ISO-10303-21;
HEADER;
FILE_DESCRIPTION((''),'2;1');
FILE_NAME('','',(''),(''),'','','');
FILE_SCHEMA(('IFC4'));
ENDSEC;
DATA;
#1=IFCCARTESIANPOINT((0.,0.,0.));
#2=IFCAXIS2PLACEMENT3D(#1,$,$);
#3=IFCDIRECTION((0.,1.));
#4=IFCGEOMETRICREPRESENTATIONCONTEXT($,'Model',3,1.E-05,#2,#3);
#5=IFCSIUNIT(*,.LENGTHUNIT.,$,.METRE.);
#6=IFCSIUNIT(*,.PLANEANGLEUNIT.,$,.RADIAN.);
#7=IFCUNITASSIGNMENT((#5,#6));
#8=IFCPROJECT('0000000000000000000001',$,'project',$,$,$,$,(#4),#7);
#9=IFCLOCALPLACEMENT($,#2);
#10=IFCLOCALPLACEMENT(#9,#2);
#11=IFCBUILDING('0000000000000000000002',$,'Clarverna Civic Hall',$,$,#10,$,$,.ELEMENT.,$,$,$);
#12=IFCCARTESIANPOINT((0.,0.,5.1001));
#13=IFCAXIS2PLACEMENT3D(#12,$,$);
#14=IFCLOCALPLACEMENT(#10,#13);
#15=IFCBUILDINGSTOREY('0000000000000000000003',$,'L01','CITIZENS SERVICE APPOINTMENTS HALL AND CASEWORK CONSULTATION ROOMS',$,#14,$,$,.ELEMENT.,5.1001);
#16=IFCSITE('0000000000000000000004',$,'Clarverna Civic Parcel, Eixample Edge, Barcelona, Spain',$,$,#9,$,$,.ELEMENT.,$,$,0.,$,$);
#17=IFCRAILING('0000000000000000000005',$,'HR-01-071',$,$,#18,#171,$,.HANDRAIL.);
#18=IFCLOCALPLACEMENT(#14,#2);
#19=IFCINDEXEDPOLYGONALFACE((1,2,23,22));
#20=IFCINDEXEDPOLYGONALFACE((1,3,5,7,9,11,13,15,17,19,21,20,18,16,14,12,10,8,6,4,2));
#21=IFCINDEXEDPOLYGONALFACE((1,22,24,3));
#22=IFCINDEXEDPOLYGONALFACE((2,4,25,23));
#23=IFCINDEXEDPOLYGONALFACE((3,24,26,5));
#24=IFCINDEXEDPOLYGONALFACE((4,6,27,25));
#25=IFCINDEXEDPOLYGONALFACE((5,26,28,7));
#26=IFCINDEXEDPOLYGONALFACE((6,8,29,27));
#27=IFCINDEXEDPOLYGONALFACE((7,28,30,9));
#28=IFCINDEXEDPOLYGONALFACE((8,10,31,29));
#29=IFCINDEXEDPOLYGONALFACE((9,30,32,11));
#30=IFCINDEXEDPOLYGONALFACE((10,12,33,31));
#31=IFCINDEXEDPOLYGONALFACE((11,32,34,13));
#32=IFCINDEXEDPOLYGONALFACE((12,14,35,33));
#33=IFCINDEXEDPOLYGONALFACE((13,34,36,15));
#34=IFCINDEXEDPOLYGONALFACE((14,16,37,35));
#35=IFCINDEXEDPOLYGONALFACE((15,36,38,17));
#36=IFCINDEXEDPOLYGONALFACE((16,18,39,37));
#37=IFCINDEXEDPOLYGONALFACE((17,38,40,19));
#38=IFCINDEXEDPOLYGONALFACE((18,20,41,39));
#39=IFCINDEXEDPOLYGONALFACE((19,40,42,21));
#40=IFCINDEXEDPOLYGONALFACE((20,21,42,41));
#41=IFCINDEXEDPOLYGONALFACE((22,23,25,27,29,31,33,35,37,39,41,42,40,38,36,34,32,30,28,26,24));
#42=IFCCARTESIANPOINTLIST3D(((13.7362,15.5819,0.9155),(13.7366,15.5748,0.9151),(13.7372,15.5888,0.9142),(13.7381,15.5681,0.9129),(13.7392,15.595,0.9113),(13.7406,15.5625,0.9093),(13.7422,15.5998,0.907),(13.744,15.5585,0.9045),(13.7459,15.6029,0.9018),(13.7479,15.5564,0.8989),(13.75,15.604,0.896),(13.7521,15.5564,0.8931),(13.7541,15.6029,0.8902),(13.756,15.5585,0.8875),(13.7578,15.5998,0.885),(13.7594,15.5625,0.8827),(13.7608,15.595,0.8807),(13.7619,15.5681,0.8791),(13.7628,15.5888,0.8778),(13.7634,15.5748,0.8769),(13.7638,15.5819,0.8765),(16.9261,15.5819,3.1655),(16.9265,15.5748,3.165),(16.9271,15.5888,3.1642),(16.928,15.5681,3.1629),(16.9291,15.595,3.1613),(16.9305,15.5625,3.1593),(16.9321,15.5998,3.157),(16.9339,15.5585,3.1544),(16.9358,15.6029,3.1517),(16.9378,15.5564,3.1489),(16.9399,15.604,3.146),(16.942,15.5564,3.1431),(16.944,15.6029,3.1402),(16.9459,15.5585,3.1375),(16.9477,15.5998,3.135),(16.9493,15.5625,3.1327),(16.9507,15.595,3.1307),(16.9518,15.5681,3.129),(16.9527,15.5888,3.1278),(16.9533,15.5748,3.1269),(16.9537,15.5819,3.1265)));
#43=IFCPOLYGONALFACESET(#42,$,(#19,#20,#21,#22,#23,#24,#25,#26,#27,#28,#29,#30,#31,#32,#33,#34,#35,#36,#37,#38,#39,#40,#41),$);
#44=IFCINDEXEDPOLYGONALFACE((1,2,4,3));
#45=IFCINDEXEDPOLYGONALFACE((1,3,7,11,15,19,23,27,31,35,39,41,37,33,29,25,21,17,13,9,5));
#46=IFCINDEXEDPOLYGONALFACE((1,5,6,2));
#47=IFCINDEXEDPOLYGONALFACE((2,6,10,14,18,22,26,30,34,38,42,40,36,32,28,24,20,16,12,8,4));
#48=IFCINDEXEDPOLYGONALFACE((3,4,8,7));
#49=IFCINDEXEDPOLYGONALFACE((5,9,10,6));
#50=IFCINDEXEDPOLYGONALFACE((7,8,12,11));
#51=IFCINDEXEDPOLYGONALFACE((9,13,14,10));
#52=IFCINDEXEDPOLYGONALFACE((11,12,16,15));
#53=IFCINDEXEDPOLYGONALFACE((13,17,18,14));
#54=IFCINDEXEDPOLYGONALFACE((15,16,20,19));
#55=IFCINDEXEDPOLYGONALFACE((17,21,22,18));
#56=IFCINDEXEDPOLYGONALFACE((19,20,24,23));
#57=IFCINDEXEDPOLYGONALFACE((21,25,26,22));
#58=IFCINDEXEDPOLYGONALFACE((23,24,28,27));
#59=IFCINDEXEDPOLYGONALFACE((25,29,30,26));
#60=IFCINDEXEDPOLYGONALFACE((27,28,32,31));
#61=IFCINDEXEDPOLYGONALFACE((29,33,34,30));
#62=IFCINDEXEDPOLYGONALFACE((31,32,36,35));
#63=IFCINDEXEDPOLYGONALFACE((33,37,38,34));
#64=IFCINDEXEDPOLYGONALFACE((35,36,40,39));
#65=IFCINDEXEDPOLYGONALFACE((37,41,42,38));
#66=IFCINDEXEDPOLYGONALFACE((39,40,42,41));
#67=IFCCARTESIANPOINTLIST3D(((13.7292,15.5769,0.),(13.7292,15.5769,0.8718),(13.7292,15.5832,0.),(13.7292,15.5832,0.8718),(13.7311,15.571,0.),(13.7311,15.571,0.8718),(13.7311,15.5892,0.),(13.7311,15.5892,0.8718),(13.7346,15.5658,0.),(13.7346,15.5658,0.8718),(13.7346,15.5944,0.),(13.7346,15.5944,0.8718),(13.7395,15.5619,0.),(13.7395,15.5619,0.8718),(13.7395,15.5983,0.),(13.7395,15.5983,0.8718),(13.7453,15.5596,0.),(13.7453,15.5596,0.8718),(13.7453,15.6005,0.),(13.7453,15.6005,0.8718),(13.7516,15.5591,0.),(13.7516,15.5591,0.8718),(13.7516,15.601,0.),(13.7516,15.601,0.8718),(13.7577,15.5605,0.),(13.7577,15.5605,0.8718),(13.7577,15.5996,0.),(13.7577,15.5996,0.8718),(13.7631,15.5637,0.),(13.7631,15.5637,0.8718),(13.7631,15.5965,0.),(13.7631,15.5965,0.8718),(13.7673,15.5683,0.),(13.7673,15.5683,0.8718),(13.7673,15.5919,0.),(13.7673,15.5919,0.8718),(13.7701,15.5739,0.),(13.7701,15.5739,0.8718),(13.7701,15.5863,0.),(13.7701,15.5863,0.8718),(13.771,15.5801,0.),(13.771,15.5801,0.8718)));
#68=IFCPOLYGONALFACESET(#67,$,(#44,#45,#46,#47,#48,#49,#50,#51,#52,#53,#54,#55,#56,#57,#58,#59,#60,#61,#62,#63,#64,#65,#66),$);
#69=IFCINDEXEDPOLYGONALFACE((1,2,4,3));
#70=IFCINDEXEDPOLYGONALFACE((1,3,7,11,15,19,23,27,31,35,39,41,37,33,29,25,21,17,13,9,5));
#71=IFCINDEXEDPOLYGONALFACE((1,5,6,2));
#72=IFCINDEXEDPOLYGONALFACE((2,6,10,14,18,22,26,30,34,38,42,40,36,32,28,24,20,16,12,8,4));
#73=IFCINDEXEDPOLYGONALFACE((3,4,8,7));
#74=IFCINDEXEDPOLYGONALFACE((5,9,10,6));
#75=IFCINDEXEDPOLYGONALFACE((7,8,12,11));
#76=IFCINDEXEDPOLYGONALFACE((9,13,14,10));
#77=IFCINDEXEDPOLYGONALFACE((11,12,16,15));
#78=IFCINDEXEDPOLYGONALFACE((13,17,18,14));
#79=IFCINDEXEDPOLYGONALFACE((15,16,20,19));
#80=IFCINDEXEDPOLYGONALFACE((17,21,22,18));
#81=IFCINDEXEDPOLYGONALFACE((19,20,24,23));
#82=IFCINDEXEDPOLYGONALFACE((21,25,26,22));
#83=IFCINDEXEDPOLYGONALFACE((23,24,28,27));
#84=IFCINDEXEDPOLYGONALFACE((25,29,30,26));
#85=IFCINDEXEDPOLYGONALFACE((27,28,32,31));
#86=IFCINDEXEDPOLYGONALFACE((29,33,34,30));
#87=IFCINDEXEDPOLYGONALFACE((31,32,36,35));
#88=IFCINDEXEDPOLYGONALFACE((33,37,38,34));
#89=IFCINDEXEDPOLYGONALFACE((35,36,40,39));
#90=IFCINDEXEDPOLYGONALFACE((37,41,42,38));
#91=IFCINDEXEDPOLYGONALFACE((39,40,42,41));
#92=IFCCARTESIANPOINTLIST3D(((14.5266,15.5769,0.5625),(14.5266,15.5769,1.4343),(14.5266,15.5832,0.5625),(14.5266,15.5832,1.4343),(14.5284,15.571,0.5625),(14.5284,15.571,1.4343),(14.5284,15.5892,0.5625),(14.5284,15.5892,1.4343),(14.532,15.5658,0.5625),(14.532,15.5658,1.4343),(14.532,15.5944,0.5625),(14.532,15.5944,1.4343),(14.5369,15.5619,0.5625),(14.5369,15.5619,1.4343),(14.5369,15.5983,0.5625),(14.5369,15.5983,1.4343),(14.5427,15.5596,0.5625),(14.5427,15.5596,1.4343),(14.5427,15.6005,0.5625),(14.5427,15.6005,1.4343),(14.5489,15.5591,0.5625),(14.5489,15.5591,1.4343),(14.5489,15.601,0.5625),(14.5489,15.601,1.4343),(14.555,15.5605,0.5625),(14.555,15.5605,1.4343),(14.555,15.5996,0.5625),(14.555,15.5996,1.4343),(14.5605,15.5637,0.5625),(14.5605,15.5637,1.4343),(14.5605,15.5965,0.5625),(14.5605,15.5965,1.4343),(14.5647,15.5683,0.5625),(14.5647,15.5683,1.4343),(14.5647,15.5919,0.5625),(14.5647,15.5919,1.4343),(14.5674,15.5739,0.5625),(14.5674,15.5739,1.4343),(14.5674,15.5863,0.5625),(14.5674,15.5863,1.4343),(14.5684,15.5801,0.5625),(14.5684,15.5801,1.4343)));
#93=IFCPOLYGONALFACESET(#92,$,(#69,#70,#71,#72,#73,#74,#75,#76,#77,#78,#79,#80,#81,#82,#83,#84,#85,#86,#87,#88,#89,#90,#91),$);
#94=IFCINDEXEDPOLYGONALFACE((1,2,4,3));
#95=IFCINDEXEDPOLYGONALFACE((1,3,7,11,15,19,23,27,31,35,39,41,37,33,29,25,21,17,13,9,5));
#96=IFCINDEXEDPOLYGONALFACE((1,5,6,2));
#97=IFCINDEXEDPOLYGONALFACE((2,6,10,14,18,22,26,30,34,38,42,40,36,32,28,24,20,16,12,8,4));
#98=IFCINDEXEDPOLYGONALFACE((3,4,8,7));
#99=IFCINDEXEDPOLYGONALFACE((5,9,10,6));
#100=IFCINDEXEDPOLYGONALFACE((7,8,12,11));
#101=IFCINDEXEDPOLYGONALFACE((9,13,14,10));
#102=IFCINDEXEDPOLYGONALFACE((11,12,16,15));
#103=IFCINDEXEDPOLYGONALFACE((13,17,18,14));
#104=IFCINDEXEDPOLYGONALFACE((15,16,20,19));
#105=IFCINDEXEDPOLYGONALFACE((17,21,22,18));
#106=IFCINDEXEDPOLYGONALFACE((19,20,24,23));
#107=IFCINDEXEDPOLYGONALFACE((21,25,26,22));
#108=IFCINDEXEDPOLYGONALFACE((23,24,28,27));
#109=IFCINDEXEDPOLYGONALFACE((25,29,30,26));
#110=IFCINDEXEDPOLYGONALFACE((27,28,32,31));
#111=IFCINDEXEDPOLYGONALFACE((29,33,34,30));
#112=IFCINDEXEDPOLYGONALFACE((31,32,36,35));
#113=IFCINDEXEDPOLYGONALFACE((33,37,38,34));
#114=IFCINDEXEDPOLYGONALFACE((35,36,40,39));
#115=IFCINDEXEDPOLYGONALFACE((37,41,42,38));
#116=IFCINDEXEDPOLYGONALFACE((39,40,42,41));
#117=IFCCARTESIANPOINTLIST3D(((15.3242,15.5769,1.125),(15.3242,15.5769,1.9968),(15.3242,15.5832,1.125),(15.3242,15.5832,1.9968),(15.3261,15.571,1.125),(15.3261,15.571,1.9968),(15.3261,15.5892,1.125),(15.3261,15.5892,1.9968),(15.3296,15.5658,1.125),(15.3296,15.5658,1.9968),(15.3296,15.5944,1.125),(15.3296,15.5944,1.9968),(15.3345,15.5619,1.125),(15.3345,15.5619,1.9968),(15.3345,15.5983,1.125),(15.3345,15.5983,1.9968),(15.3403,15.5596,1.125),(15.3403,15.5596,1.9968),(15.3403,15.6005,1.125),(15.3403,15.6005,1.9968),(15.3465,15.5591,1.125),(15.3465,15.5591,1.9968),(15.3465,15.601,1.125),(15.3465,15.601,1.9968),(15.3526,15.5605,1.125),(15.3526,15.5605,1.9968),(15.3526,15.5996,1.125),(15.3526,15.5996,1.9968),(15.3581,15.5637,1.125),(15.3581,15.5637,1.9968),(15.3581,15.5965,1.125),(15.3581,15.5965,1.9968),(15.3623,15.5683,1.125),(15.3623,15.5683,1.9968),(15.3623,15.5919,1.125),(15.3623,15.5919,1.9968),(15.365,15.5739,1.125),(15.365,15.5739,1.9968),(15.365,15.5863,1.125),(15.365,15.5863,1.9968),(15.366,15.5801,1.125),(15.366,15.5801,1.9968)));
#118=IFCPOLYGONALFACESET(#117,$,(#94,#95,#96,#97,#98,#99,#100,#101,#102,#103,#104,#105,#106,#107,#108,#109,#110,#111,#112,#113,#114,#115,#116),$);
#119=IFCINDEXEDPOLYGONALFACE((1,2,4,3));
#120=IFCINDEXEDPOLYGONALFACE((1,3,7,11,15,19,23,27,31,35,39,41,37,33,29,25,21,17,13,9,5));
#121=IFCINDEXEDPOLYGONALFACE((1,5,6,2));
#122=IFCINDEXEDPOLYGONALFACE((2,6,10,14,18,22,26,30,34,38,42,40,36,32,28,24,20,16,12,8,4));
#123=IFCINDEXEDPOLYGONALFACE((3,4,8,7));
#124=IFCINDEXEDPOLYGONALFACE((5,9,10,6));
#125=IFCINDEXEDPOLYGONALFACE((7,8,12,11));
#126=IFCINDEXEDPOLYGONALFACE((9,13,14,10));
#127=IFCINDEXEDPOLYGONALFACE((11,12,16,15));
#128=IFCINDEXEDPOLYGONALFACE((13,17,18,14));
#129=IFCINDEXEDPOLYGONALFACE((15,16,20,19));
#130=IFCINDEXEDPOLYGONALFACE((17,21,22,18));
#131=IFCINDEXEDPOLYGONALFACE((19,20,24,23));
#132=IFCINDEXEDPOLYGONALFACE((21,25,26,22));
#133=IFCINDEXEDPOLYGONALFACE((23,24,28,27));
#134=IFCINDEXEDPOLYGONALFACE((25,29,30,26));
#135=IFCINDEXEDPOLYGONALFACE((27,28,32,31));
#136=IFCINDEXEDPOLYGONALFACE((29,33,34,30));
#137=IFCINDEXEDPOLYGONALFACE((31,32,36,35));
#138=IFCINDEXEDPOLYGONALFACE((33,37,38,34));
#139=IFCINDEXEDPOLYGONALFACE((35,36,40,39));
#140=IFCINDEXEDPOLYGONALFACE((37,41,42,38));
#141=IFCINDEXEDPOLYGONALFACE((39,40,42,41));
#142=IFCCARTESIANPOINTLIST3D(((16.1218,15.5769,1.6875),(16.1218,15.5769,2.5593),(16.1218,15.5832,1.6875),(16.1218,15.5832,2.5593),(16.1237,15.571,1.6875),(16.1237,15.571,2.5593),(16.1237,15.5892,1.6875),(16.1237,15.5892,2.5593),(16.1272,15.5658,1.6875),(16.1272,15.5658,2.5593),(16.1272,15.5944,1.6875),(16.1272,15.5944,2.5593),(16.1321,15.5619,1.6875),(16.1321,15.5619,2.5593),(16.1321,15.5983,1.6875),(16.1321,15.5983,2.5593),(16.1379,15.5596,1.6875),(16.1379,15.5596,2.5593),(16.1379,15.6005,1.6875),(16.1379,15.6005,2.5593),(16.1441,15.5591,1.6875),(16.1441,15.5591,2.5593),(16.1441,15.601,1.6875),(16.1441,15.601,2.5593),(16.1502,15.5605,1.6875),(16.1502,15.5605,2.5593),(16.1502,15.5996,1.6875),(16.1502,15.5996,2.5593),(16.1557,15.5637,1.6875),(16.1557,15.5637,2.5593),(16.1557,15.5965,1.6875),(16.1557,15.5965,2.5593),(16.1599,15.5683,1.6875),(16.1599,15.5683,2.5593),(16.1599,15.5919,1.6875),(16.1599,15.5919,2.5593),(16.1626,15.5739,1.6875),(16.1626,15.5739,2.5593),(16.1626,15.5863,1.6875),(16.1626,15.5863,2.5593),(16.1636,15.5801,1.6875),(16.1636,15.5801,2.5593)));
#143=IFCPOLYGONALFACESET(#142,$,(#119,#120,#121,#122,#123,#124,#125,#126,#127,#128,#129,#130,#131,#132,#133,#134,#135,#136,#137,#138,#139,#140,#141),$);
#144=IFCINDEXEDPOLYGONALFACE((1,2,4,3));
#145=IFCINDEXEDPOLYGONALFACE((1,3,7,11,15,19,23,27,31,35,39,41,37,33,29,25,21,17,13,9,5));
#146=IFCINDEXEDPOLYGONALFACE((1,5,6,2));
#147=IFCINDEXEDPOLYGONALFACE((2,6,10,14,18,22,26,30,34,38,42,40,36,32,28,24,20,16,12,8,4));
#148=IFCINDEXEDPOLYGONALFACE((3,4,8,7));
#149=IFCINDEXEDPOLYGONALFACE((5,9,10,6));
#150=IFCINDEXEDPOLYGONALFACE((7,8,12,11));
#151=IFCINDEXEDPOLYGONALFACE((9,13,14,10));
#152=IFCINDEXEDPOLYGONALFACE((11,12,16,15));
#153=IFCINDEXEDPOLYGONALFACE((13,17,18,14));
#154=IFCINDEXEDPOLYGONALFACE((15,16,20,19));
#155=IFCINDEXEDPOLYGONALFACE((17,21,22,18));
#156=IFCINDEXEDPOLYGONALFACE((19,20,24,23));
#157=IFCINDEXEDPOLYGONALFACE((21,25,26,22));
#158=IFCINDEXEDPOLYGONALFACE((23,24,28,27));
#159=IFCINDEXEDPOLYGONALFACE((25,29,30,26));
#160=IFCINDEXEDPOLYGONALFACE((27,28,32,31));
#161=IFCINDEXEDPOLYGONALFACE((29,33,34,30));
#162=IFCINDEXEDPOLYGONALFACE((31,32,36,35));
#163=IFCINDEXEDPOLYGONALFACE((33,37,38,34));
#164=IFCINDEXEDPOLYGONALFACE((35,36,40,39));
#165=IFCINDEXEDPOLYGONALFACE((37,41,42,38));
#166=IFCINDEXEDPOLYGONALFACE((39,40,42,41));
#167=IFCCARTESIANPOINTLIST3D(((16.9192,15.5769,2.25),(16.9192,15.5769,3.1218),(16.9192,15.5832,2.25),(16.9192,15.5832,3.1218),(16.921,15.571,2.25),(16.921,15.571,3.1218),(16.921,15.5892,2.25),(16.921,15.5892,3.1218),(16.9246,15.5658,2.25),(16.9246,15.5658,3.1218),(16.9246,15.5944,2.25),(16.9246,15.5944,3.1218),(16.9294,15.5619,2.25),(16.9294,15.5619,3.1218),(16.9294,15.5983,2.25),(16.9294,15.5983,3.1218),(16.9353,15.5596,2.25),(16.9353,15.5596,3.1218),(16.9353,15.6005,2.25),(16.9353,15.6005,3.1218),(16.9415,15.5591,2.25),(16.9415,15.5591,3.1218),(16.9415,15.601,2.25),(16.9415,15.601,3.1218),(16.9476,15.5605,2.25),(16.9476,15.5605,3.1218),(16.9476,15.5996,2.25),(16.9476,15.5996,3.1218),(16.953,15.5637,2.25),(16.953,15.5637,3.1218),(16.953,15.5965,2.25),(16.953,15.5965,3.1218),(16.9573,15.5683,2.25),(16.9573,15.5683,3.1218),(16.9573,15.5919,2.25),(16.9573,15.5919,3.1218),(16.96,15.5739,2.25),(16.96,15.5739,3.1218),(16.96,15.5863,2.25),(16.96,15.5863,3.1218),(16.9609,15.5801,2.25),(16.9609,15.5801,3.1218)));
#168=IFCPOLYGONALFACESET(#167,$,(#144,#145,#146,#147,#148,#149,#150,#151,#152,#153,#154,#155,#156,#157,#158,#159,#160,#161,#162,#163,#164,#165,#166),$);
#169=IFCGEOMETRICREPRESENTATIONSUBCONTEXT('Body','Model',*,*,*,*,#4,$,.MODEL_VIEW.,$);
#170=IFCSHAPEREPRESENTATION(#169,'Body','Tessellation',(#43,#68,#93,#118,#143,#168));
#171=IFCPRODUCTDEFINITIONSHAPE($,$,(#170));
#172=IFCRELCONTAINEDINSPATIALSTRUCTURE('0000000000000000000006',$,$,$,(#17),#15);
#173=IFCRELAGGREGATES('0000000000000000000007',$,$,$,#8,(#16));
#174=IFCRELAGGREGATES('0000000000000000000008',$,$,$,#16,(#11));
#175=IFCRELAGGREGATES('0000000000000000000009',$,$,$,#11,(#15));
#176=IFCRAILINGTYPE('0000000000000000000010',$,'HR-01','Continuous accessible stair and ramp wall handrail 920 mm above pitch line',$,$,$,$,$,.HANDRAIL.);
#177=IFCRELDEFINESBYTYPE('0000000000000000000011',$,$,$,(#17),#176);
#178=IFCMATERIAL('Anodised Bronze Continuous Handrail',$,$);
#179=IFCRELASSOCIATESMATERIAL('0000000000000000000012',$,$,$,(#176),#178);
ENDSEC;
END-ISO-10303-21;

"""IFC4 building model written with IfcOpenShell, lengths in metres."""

from ifc_helpers import new_model, si_unit, direction, frame, origin, origin_2d, place, context, subcontext, project, spatial, circle, extrude, material, type_object, element, save


model = new_model("IFC4")

# Units and contexts
model_context = context("Model", 3, precision=1e-05, world=origin(), true_north=direction((0.0, 1.0)))
body_context = subcontext(model_context, "Body", "Model", "MODEL_VIEW")
ifc_project = project(units=[si_unit("LENGTHUNIT", "METRE"), si_unit("PLANEANGLEUNIT", "RADIAN")], contexts=[model_context])

# Site, building, storey
site_placement = place(None, origin())
site = spatial("IfcSite", under=ifc_project, at=site_placement, Name="Clarverna Civic Parcel, Eixample Edge, Barcelona, Spain", CompositionType="ELEMENT", RefElevation=0.0)
building_placement = place(site_placement, origin())
building = spatial("IfcBuilding", under=site, at=building_placement, Name="Clarverna Civic Hall", CompositionType="ELEMENT")
storey_placement = place(building_placement, frame((0.0, 0.0, 5.1001)))
storey = spatial("IfcBuildingStorey", under=building, at=storey_placement, Name="L01", Description="CITIZENS SERVICE APPOINTMENTS HALL AND CASEWORK CONSULTATION ROOMS", CompositionType="ELEMENT", Elevation=5.1001)

# Railing
ifc_material_1 = material(Name="Anodised Bronze Continuous Handrail")
railing_type_1 = type_object("IfcRailingType", Name="HR-01", Description="Continuous accessible stair and ramp wall handrail 920 mm above pitch line", PredefinedType="HANDRAIL", material=ifc_material_1)
railing_1_placement = place(storey_placement, frame((13.75, 15.5801, 0.0)))
element("IfcRailing", 1, at=railing_1_placement, inside=storey, type_object=railing_type_1, Name="HR-01-071", PredefinedType="HANDRAIL", context=body_context, shape_type="SweptSolid", body=[
    extrude(circle(Radius=0.0239, at=origin_2d()), frame((0.0, 0.0, 0.896), z_axis=(0.817176, 0.0, 0.576389), x_axis=(0.0, 1.0, 0.0)), (0.0, 0.0, 1.0), 3.9036),
    extrude(circle(Radius=0.021, at=origin_2d()), origin(), (0.0, 0.0, 1.0), 0.8718),
    extrude(circle(Radius=0.021, at=origin_2d()), frame((0.7974, 0.0, 0.5625)), (0.0, 0.0, 1.0), 0.8718),
    extrude(circle(Radius=0.021, at=origin_2d()), frame((1.595, 0.0, 1.125)), (0.0, 0.0, 1.0), 0.8718),
    extrude(circle(Radius=0.021, at=origin_2d()), frame((2.3926, 0.0, 1.6875)), (0.0, 0.0, 1.0), 0.8718),
    extrude(circle(Radius=0.021, at=origin_2d()), frame((3.1899, 0.0, 2.25)), (0.0, 0.0, 1.0), 0.8718),
])

save(model, "model.ifc")
